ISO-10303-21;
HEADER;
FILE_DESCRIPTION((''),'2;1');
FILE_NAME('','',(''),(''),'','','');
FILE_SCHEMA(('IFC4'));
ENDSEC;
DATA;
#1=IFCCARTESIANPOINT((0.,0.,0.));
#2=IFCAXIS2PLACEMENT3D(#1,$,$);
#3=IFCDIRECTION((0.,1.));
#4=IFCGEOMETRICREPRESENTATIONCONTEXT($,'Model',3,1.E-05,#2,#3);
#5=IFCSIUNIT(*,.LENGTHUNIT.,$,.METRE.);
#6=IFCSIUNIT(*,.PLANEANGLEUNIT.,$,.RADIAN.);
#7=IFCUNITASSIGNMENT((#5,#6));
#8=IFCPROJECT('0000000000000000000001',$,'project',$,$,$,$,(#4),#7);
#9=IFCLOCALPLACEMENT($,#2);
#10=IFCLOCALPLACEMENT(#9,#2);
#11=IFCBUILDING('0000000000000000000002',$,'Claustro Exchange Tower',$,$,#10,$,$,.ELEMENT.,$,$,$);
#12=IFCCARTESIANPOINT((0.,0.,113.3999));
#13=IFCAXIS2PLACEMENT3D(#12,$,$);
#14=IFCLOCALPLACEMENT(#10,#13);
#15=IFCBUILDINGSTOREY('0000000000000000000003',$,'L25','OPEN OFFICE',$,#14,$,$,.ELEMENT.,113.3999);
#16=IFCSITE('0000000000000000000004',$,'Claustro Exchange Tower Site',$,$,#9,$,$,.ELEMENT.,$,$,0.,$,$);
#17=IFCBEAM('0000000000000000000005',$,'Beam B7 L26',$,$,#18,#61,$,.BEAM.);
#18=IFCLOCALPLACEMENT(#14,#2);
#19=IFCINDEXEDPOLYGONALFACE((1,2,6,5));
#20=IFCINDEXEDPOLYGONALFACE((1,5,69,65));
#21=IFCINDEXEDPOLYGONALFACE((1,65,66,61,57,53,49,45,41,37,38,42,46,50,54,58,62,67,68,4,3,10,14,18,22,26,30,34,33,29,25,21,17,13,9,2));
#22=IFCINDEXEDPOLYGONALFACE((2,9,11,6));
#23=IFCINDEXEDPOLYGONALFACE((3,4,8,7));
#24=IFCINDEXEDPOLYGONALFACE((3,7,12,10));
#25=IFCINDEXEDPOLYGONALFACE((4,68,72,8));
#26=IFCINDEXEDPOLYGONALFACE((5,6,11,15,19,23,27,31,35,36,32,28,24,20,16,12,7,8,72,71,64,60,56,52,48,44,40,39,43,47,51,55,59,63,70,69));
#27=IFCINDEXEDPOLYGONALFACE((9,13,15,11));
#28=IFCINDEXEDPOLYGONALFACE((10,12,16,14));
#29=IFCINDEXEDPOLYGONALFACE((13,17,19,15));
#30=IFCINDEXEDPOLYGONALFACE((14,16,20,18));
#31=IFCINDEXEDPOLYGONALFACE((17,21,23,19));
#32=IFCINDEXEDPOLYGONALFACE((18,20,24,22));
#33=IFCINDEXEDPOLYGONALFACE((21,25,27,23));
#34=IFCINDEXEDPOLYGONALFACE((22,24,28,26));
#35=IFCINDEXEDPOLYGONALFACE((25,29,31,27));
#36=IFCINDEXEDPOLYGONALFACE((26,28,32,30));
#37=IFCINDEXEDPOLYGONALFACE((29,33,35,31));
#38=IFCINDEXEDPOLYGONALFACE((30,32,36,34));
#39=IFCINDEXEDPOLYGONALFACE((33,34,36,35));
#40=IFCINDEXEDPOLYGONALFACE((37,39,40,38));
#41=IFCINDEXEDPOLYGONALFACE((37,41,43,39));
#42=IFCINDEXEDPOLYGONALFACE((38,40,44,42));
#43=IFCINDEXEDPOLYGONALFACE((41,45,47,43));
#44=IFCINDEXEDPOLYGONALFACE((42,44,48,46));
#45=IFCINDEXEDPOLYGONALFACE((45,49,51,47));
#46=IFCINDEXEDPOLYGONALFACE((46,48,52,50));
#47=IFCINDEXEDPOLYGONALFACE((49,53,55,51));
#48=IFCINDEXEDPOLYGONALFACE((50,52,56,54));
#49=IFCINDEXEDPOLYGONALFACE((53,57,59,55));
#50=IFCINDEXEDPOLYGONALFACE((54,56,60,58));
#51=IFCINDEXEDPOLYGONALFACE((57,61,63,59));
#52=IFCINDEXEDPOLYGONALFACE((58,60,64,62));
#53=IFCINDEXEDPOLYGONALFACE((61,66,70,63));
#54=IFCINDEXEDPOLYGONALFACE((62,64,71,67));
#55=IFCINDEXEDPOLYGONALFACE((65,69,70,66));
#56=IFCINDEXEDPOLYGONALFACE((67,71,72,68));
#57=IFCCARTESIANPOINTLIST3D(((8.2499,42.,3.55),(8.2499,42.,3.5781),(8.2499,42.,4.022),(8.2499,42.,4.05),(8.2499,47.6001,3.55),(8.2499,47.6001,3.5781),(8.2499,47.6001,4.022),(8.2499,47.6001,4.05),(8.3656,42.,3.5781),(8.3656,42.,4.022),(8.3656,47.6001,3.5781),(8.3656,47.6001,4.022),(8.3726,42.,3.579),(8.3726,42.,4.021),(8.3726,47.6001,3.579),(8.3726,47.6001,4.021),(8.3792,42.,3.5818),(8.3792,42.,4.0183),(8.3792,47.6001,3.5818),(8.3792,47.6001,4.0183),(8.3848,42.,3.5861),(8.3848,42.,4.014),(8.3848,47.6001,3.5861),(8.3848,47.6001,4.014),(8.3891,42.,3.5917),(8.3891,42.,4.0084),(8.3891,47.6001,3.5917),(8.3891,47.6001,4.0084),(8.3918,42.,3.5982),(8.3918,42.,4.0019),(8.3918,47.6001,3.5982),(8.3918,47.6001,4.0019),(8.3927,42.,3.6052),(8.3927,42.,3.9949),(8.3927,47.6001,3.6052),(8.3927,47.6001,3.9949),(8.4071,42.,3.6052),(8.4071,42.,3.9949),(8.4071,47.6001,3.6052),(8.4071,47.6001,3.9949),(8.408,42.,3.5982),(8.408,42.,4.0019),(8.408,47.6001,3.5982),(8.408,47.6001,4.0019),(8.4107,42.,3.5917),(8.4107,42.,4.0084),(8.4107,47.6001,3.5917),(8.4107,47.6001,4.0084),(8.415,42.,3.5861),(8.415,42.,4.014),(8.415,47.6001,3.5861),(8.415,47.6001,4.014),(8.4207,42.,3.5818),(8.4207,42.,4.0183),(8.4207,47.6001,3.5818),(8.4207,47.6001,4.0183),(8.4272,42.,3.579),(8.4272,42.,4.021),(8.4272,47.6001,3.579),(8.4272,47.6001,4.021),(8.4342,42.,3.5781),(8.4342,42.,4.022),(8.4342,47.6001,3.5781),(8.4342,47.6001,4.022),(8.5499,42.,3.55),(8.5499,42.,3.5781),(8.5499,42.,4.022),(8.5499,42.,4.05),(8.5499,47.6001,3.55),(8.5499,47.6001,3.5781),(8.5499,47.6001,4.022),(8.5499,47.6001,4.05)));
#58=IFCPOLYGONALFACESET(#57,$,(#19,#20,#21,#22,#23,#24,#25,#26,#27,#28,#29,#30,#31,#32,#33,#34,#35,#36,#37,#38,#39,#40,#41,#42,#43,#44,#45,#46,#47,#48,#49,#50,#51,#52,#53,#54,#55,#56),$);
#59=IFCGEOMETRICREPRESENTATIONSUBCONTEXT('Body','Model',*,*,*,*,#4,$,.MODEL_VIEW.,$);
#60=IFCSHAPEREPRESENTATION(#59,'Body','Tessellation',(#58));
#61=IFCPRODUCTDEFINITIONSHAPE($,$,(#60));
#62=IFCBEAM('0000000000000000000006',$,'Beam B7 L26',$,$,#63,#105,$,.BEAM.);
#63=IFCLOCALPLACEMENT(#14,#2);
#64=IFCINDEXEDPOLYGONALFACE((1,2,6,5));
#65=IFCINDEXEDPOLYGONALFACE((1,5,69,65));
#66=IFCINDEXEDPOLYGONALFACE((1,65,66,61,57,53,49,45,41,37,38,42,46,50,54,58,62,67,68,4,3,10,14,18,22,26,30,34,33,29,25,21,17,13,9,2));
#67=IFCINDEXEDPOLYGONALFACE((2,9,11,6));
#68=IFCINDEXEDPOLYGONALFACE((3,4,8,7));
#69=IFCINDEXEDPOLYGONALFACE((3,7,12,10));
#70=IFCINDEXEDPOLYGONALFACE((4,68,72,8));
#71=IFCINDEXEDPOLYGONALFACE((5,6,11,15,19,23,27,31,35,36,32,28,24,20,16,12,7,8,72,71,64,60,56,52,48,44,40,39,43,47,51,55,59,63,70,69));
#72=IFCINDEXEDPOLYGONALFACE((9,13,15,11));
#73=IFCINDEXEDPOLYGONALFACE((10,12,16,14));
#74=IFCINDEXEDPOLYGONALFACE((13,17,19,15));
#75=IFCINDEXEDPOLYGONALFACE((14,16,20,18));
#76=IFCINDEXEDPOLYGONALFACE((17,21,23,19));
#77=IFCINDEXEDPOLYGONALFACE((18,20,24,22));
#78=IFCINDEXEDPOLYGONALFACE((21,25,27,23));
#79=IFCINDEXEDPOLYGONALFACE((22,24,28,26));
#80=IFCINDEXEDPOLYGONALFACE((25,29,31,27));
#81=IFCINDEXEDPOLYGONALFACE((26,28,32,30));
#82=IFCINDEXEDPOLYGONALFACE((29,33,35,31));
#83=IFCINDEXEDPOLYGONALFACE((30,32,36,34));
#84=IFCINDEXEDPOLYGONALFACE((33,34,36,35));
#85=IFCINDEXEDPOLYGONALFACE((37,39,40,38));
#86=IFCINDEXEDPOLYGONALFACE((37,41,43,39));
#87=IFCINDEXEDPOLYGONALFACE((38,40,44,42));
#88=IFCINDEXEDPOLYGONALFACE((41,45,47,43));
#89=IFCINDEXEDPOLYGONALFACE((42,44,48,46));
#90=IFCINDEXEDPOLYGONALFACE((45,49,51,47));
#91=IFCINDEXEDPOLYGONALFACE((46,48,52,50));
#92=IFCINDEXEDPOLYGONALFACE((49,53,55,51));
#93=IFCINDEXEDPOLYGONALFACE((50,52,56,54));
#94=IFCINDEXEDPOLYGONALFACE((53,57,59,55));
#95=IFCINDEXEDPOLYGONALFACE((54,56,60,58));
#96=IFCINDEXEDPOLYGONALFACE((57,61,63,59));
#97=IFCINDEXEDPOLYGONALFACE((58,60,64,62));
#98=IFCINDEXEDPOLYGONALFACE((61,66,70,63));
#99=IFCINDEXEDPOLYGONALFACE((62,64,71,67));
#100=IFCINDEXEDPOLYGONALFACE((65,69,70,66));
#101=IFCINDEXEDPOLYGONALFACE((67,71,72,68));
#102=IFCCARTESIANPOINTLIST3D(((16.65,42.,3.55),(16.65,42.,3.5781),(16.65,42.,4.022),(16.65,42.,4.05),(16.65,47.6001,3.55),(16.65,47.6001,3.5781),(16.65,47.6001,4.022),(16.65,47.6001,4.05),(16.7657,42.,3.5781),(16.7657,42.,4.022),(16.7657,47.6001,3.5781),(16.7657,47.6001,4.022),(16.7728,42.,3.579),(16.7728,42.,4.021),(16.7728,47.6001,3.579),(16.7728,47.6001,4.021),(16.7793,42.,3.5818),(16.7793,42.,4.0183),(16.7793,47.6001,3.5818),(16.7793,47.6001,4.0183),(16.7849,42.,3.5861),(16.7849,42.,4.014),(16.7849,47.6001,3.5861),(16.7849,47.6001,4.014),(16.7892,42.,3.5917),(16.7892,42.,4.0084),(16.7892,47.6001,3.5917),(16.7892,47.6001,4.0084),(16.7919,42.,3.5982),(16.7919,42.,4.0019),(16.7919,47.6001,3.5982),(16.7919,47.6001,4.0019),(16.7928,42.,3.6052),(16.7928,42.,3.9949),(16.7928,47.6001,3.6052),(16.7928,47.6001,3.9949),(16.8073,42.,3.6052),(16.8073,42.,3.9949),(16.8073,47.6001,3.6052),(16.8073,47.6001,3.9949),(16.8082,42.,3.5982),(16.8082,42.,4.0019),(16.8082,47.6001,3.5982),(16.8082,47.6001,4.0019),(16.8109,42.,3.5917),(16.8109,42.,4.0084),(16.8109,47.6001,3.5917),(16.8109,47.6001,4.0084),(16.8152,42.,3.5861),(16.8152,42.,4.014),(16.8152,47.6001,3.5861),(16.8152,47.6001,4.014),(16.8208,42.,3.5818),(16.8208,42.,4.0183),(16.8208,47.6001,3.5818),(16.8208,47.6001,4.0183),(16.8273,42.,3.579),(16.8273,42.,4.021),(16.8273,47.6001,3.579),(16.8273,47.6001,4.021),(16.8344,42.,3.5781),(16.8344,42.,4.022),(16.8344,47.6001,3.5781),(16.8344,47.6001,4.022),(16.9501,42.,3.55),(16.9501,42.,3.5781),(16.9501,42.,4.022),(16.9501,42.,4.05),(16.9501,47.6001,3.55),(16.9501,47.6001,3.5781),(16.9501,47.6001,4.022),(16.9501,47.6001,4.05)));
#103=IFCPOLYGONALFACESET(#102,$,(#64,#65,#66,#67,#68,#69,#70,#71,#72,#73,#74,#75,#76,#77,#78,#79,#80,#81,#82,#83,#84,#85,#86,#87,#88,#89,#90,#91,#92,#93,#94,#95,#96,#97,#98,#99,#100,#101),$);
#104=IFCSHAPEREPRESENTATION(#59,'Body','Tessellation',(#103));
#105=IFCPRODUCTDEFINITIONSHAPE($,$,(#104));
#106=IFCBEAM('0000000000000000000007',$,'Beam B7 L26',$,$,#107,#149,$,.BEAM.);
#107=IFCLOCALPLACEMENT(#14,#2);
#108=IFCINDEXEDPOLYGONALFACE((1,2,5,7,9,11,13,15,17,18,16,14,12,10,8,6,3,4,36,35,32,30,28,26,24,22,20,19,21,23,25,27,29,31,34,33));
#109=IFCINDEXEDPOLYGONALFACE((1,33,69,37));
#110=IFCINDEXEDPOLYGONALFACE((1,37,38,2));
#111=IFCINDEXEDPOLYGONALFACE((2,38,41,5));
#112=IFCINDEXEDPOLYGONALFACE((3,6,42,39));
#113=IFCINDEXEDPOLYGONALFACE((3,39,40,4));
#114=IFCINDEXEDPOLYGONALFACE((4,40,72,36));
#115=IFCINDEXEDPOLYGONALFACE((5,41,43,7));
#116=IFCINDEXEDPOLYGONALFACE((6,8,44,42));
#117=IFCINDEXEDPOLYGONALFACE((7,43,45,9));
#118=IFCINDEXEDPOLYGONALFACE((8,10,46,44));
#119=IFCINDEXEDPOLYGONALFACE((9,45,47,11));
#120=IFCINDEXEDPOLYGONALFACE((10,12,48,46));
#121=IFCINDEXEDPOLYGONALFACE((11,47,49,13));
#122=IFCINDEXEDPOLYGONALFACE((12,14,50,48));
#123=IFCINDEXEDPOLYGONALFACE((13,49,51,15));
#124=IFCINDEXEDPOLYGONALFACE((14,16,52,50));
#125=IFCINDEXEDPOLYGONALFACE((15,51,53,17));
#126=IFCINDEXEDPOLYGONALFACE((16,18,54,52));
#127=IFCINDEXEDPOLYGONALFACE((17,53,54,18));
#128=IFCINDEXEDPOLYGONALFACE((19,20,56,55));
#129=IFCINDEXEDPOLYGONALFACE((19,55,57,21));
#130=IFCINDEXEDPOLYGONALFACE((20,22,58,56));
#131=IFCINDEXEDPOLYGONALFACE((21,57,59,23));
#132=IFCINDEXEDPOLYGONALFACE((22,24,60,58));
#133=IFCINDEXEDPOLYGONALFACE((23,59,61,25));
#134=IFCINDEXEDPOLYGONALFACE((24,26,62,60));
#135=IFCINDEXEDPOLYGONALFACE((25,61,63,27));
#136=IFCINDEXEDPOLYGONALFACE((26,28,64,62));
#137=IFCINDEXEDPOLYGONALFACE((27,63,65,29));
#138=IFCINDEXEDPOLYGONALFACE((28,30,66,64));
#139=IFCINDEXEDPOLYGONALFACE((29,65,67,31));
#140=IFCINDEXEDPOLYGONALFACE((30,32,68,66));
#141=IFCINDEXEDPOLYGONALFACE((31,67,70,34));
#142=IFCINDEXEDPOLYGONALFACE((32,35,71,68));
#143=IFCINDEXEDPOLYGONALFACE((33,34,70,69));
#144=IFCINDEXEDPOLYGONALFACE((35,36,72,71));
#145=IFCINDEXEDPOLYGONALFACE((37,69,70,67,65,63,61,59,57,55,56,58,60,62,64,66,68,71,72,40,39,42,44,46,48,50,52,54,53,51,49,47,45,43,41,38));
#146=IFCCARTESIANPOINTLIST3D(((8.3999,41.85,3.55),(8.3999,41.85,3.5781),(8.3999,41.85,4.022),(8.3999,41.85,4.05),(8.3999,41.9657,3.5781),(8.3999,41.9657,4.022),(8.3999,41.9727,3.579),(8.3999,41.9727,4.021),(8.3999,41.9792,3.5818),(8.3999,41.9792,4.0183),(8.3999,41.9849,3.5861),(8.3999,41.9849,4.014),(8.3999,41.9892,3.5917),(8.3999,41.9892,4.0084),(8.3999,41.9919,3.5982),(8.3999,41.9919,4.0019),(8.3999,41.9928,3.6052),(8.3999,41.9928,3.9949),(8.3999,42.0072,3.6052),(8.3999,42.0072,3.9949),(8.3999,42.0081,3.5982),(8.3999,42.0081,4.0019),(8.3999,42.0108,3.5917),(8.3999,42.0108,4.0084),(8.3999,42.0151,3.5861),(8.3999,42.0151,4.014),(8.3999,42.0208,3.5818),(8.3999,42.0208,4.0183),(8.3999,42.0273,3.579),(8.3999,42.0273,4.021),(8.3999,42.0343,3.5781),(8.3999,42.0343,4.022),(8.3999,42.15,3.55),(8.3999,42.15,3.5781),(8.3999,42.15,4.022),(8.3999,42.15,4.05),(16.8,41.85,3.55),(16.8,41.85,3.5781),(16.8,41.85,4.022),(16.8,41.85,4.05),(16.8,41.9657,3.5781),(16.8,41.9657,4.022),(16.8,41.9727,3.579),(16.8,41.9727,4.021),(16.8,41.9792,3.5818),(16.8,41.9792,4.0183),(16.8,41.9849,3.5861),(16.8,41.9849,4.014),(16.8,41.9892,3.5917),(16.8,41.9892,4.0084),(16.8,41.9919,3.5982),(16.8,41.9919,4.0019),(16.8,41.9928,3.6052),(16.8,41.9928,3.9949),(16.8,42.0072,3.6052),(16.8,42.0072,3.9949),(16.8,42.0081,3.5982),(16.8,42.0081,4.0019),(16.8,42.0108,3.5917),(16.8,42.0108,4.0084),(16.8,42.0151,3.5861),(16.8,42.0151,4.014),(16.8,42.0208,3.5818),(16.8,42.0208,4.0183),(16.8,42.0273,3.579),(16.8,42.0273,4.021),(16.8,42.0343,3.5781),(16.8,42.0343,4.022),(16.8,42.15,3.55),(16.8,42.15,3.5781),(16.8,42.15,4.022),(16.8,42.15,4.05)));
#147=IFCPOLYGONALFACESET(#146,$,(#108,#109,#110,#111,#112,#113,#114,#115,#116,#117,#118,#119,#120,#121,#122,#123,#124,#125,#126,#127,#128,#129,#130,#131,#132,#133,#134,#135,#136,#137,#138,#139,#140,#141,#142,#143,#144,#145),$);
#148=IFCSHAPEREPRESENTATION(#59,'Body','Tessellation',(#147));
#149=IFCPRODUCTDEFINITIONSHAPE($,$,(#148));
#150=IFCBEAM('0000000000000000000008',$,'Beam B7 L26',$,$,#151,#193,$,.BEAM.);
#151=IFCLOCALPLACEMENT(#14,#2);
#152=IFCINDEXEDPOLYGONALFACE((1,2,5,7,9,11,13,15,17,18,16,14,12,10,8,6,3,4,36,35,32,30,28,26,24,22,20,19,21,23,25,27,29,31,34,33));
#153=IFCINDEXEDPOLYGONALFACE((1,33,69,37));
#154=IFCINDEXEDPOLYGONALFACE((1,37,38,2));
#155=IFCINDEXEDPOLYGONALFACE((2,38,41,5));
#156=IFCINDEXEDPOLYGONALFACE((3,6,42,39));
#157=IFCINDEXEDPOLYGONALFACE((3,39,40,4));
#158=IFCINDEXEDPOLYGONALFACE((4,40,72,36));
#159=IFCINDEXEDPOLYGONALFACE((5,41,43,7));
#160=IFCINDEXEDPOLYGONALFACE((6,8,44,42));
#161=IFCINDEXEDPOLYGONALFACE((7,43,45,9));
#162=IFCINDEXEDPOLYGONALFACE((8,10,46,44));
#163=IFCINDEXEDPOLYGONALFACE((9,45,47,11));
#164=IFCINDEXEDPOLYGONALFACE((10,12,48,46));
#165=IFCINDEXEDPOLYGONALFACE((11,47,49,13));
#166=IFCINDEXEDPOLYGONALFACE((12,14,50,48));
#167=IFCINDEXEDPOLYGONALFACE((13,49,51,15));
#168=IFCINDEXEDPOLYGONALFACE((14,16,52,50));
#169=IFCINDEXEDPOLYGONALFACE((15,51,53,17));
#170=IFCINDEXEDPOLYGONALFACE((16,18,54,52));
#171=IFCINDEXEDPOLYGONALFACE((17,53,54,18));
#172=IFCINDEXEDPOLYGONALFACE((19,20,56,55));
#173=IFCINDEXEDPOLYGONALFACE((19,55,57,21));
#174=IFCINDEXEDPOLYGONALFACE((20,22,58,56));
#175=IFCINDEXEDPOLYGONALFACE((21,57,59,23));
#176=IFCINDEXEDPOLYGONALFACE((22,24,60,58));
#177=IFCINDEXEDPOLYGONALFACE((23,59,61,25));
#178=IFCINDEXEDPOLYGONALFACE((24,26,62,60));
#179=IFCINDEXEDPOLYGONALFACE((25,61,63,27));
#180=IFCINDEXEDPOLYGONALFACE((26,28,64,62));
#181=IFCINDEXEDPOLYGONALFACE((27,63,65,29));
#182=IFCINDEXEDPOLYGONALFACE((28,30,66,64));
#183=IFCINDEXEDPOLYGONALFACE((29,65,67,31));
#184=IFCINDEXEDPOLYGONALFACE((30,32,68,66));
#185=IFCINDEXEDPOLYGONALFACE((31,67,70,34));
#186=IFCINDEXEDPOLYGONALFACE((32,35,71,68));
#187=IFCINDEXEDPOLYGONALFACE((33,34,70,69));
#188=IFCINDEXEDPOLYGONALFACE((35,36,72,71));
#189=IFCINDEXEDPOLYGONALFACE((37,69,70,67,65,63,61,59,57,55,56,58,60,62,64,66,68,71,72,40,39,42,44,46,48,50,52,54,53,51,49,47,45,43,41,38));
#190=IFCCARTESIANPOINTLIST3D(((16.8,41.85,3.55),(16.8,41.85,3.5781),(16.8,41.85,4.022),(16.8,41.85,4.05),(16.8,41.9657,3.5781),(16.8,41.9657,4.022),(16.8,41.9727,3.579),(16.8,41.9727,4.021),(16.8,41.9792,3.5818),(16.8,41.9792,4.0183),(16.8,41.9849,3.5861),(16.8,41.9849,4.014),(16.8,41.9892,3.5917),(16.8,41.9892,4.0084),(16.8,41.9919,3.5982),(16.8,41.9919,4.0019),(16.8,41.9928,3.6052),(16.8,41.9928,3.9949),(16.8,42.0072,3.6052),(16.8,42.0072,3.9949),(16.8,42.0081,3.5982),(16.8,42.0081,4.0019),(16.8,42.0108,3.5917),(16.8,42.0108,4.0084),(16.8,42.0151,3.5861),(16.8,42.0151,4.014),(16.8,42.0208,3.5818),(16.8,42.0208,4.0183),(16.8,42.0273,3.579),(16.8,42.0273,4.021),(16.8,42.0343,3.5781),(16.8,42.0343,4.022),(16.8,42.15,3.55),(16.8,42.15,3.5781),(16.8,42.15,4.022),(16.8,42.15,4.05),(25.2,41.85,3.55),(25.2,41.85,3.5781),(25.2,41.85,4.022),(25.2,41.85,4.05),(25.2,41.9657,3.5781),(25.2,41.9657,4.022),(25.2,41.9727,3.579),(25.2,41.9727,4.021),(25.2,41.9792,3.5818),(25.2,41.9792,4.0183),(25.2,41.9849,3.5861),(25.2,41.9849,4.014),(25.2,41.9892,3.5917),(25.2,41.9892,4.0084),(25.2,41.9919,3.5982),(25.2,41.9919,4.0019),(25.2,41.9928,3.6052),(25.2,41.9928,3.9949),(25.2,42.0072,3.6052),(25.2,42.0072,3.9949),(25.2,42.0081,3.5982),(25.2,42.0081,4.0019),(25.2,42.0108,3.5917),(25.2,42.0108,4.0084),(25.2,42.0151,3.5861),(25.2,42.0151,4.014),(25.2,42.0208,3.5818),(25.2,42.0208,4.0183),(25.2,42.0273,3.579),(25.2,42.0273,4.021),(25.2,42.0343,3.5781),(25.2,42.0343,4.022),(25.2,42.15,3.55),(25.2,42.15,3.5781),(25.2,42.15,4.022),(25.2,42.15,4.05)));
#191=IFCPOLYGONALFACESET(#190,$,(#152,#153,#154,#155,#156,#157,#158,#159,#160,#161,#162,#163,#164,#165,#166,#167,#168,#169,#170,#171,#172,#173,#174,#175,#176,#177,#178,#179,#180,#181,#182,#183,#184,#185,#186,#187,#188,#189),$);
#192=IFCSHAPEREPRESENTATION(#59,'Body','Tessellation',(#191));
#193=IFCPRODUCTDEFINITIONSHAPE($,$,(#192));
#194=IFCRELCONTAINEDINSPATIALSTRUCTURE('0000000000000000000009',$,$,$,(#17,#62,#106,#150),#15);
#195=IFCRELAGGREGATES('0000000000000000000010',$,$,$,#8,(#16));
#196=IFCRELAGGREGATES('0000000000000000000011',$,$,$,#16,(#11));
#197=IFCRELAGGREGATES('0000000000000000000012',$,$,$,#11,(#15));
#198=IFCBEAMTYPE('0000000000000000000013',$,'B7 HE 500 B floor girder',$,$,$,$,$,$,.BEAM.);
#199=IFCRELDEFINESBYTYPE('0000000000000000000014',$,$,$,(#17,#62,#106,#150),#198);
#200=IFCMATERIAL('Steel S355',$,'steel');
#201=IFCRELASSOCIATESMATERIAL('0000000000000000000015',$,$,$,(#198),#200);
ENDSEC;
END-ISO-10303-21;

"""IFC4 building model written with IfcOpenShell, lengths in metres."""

from ifc_helpers import new_model, si_unit, direction, frame, origin, origin_2d, place, context, subcontext, project, spatial, i_section, extrude, material, material_profile, profile_set, type_object, element, save


model = new_model("IFC4")

# Units and contexts
model_context = context("Model", 3, precision=1e-05, world=origin(), true_north=direction((0.0, 1.0)))
body_context = subcontext(model_context, "Body", "Model", "MODEL_VIEW")
ifc_project = project(units=[si_unit("LENGTHUNIT", "METRE"), si_unit("PLANEANGLEUNIT", "RADIAN")], contexts=[model_context])

# Site, building, storey
site_placement = place(None, origin())
site = spatial("IfcSite", under=ifc_project, at=site_placement, Name="Claustro Exchange Tower Site", CompositionType="ELEMENT", RefElevation=0.0)
building_placement = place(site_placement, origin())
building = spatial("IfcBuilding", under=site, at=building_placement, Name="Claustro Exchange Tower", CompositionType="ELEMENT")
storey_placement = place(building_placement, frame((0.0, 0.0, 113.3999)))
storey = spatial("IfcBuildingStorey", under=building, at=storey_placement, Name="L25", Description="OPEN OFFICE", CompositionType="ELEMENT", Elevation=113.3999)

# Beams
ifc_material_1 = material(Name="Steel S355", Category="steel")
ifc_material_profile_1 = material_profile(ifc_material_1, i_section(OverallWidth=0.3, OverallDepth=0.5, WebThickness=0.0144, FlangeThickness=0.0281, FilletRadius=0.0271, at=origin_2d()), Name="HE 500 B")
ifc_profile_set_1 = profile_set([ifc_material_profile_1], Name="Steel S355")
beam_type_1 = type_object("IfcBeamType", Name="B7 HE 500 B floor girder", PredefinedType="BEAM", material=ifc_profile_set_1)
for number, where, z_axis, x_axis, name in (
    (1, (8.3999, 42.0, 3.8), (0.0, 1.0, 0.0), (-1.0, 0.0, 0.0), "Beam B7 L26"),
    (2, (16.8, 42.0, 3.8), (0.0, 1.0, 0.0), (-1.0, 0.0, 0.0), "Beam B7 L26"),
):
    element("IfcBeam", number, at=place(storey_placement, frame(where, z_axis=z_axis, x_axis=x_axis)), inside=storey, type_object=beam_type_1, Name=name, PredefinedType="BEAM", context=body_context, shape_type="SweptSolid", body=[
        extrude(i_section(OverallWidth=0.3, OverallDepth=0.5, WebThickness=0.0144, FlangeThickness=0.0281, FilletRadius=0.0271, at=origin_2d()), origin(), (0.0, 0.0, 1.0), 5.6001),
    ])
beam_1_placement = place(storey_placement, frame((8.3999, 42.0, 3.8), z_axis=(1.0, 0.0, 0.0), x_axis=(0.0, 1.0, 0.0)))
element("IfcBeam", 3, at=beam_1_placement, inside=storey, type_object=beam_type_1, Name="Beam B7 L26", PredefinedType="BEAM", context=body_context, shape_type="SweptSolid", body=[
    extrude(i_section(OverallWidth=0.3, OverallDepth=0.5, WebThickness=0.0144, FlangeThickness=0.0281, FilletRadius=0.0271, at=origin_2d()), origin(), (0.0, 0.0, 1.0), 8.4001),
])
beam_2_placement = place(storey_placement, frame((16.8, 42.0, 3.8), z_axis=(1.0, 0.0, 0.0), x_axis=(0.0, 1.0, 0.0)))
element("IfcBeam", 4, at=beam_2_placement, inside=storey, type_object=beam_type_1, Name="Beam B7 L26", PredefinedType="BEAM", context=body_context, shape_type="SweptSolid", body=[
    extrude(i_section(OverallWidth=0.3, OverallDepth=0.5, WebThickness=0.0144, FlangeThickness=0.0281, FilletRadius=0.0271, at=origin_2d()), origin(), (0.0, 0.0, 1.0), 8.3999),
])

save(model, "model.ifc")
